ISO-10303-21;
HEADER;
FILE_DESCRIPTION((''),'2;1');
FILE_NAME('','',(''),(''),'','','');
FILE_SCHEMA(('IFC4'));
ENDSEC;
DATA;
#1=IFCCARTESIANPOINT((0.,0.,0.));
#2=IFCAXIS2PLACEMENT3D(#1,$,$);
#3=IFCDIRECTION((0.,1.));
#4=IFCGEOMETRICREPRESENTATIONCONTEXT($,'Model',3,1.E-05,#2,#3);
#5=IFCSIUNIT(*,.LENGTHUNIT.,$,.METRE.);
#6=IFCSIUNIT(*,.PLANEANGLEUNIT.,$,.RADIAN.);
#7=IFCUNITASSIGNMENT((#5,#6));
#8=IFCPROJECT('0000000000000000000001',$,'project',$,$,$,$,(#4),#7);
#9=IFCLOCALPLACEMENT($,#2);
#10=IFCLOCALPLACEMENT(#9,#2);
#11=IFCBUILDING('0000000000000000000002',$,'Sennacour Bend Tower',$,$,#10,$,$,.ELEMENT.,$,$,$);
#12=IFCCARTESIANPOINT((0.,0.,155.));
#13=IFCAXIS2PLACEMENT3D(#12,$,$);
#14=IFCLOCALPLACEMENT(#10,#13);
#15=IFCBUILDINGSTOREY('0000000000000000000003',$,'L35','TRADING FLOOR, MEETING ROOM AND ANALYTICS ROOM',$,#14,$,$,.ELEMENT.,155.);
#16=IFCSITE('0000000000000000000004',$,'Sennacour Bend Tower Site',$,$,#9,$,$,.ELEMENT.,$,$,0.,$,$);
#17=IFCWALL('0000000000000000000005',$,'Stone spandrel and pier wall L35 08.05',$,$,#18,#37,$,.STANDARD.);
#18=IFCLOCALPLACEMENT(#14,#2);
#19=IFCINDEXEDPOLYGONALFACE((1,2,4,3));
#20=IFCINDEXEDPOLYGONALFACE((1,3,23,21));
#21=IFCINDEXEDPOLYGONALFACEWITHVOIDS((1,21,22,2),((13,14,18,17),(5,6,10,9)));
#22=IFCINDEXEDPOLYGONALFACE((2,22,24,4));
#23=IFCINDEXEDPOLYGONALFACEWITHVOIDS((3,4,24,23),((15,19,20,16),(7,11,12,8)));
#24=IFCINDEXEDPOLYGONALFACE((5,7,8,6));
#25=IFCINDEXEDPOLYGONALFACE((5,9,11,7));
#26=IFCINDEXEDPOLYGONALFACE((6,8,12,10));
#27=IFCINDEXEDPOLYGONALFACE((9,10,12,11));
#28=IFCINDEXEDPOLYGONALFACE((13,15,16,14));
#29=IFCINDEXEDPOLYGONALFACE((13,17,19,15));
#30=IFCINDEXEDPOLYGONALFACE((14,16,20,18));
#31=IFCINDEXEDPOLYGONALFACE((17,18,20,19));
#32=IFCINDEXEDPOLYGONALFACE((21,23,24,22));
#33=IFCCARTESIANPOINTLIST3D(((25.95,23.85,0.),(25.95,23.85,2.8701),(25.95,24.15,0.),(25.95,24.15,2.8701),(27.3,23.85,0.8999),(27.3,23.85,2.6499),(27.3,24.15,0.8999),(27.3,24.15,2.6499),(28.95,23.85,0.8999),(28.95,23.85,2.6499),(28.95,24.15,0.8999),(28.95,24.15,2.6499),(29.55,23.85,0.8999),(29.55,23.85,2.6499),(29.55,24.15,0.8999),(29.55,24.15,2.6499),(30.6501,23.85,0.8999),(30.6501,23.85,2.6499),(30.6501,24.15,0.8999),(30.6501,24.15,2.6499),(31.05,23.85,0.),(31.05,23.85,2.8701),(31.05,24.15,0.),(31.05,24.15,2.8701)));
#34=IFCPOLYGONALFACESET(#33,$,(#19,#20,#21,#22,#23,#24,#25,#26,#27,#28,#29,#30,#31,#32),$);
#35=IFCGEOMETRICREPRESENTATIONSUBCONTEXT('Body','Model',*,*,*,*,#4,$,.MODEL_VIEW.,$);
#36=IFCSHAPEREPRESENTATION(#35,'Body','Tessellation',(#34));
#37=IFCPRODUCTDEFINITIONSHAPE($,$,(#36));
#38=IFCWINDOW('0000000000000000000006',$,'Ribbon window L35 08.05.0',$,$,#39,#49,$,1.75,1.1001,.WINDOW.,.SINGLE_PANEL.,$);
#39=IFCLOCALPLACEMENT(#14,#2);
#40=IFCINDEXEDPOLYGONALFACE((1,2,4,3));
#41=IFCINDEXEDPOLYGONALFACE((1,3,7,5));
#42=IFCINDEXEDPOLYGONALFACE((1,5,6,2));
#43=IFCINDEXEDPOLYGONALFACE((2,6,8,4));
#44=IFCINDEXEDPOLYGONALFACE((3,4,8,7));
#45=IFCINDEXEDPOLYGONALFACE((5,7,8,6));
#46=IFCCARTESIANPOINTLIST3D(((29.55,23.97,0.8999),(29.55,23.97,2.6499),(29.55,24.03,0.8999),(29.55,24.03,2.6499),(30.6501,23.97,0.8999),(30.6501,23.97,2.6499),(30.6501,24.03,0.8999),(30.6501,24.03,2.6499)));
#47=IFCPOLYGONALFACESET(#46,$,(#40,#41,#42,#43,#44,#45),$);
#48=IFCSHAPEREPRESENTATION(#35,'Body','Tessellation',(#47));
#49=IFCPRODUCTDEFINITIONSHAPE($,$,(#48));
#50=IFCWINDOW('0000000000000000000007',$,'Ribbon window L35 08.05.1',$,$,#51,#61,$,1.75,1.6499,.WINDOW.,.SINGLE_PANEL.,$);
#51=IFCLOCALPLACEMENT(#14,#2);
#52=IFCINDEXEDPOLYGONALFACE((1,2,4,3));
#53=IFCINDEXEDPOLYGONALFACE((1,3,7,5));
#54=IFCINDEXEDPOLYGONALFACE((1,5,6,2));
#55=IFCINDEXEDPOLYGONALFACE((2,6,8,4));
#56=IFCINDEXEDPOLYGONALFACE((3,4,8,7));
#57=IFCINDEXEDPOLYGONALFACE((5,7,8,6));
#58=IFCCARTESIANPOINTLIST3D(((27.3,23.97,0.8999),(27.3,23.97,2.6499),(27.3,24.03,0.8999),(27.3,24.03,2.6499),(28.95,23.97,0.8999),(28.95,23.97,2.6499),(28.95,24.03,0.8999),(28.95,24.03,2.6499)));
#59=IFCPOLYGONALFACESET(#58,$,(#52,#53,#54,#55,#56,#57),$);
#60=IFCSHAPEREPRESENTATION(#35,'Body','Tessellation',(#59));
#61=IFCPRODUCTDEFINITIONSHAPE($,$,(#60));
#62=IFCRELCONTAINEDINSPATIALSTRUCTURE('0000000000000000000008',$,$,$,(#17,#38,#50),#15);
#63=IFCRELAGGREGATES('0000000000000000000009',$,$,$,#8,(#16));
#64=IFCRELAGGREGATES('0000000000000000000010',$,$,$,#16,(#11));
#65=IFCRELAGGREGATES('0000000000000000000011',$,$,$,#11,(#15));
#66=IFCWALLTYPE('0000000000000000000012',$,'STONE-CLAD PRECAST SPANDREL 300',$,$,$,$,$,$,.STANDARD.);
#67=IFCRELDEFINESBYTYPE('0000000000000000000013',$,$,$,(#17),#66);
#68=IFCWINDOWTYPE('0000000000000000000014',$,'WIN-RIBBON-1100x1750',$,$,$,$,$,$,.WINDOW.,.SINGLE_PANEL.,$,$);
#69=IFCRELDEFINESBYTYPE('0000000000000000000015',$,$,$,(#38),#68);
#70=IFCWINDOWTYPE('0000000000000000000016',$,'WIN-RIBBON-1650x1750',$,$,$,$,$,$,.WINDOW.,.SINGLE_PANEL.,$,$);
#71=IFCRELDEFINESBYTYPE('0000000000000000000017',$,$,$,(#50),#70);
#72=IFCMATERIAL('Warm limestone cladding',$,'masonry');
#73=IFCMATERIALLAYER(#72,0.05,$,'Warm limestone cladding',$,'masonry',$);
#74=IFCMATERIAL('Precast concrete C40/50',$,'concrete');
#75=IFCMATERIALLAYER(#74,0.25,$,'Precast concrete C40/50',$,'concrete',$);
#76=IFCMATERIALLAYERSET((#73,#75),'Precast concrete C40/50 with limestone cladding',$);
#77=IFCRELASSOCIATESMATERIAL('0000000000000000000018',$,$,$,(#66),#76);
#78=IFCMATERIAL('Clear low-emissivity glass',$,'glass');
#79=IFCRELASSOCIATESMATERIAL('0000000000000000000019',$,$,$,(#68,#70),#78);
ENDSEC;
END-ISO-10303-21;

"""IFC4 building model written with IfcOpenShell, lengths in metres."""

from ifc_helpers import new_model, si_unit, direction, frame, frame_2d, origin, place, context, subcontext, project, spatial, rectangle, extrude, material, layer, layer_set, type_object, element, fill, save


model = new_model("IFC4")

# Units and contexts
model_context = context("Model", 3, precision=1e-05, world=origin(), true_north=direction((0.0, 1.0)))
body_context = subcontext(model_context, "Body", "Model", "MODEL_VIEW")
ifc_project = project(units=[si_unit("LENGTHUNIT", "METRE"), si_unit("PLANEANGLEUNIT", "RADIAN")], contexts=[model_context])

# Site, building, storey
site_placement = place(None, origin())
site = spatial("IfcSite", under=ifc_project, at=site_placement, Name="Sennacour Bend Tower Site", CompositionType="ELEMENT", RefElevation=0.0)
building_placement = place(site_placement, origin())
building = spatial("IfcBuilding", under=site, at=building_placement, Name="Sennacour Bend Tower", CompositionType="ELEMENT")
storey_placement = place(building_placement, frame((0.0, 0.0, 155.0)))
storey = spatial("IfcBuildingStorey", under=building, at=storey_placement, Name="L35", Description="TRADING FLOOR, MEETING ROOM AND ANALYTICS ROOM", CompositionType="ELEMENT", Elevation=155.0)

# Shared definitions
ifc_material_1 = material(Name="Clear low-emissivity glass", Category="glass")

# Wall, openings, windows
ifc_material_2 = material(Name="Warm limestone cladding", Category="masonry")
ifc_layer_1 = layer(ifc_material_2, 0.05, Name="Warm limestone cladding", Category="masonry")
ifc_material_3 = material(Name="Precast concrete C40/50", Category="concrete")
ifc_layer_2 = layer(ifc_material_3, 0.25, Name="Precast concrete C40/50", Category="concrete")
ifc_layer_set_1 = layer_set([ifc_layer_1, ifc_layer_2], Name="Precast concrete C40/50 with limestone cladding")
wall_type_1 = type_object("IfcWallType", Name="STONE-CLAD PRECAST SPANDREL 300", PredefinedType="STANDARD", material=ifc_layer_set_1)
wall_1_placement = place(storey_placement, frame((31.05, 24.0, 0.0), z_axis=(0.0, 0.0, 1.0), x_axis=(-1.0, 0.0, 0.0)))
wall_1 = element("IfcWall", 1, at=wall_1_placement, inside=storey, type_object=wall_type_1, Name="Stone spandrel and pier wall L35 08.05", PredefinedType="STANDARD", context=body_context, shape_type="SweptSolid", body=[
    extrude(rectangle(XDim=5.1001, YDim=0.3, at=frame_2d((2.55, 0.0))), origin(), (0.0, 0.0, 1.0), 2.8701),
])
opening_1_placement = place(wall_1_placement, frame((0.3999, 0.0, 0.8999)))
opening_1 = element("IfcOpeningElement", 2, at=opening_1_placement, cuts=wall_1, PredefinedType="OPENING", context=body_context, shape_type="SweptSolid", body=[
    extrude(rectangle(XDim=1.1001, YDim=1.75, at=frame_2d((0.55, 0.875))), frame((0.0, 0.1602, 0.0), z_axis=(0.0, -1.0, 0.0), x_axis=(1.0, 0.0, 0.0)), (0.0, 0.0, 1.0), 0.3201),
])
opening_2_placement = place(wall_1_placement, frame((2.1001, 0.0, 0.8999)))
opening_2 = element("IfcOpeningElement", 3, at=opening_2_placement, cuts=wall_1, PredefinedType="OPENING", context=body_context, shape_type="SweptSolid", body=[
    extrude(rectangle(XDim=1.6499, YDim=1.75, at=frame_2d((0.825, 0.875))), frame((0.0, 0.1602, 0.0), z_axis=(0.0, -1.0, 0.0), x_axis=(1.0, 0.0, 0.0)), (0.0, 0.0, 1.0), 0.3201),
])
window_type_1 = type_object("IfcWindowType", Name="WIN-RIBBON-1100x1750", PartitioningType="SINGLE_PANEL", PredefinedType="WINDOW", material=ifc_material_1)
window_1_placement = place(opening_1_placement, origin())
window_1 = element("IfcWindow", 4, at=window_1_placement, inside=storey, type_object=window_type_1, Name="Ribbon window L35 08.05.0", OverallHeight=1.75, OverallWidth=1.1001, PartitioningType="SINGLE_PANEL", PredefinedType="WINDOW", context=body_context, shape_type="SweptSolid", body=[
    extrude(rectangle(XDim=1.1001, YDim=1.75, at=frame_2d((0.55, 0.875))), frame((0.0, 0.03, 0.0), z_axis=(0.0, -1.0, 0.0), x_axis=(1.0, 0.0, 0.0)), (0.0, 0.0, 1.0), 0.0601),
])
fill(opening_1, window_1)
window_type_2 = type_object("IfcWindowType", Name="WIN-RIBBON-1650x1750", PartitioningType="SINGLE_PANEL", PredefinedType="WINDOW", material=ifc_material_1)
window_2_placement = place(opening_2_placement, origin())
window_2 = element("IfcWindow", 5, at=window_2_placement, inside=storey, type_object=window_type_2, Name="Ribbon window L35 08.05.1", OverallHeight=1.75, OverallWidth=1.6499, PartitioningType="SINGLE_PANEL", PredefinedType="WINDOW", context=body_context, shape_type="SweptSolid", body=[
    extrude(rectangle(XDim=1.6499, YDim=1.75, at=frame_2d((0.825, 0.875))), frame((0.0, 0.03, 0.0), z_axis=(0.0, -1.0, 0.0), x_axis=(1.0, 0.0, 0.0)), (0.0, 0.0, 1.0), 0.0601),
])
fill(opening_2, window_2)

save(model, "model.ifc")
